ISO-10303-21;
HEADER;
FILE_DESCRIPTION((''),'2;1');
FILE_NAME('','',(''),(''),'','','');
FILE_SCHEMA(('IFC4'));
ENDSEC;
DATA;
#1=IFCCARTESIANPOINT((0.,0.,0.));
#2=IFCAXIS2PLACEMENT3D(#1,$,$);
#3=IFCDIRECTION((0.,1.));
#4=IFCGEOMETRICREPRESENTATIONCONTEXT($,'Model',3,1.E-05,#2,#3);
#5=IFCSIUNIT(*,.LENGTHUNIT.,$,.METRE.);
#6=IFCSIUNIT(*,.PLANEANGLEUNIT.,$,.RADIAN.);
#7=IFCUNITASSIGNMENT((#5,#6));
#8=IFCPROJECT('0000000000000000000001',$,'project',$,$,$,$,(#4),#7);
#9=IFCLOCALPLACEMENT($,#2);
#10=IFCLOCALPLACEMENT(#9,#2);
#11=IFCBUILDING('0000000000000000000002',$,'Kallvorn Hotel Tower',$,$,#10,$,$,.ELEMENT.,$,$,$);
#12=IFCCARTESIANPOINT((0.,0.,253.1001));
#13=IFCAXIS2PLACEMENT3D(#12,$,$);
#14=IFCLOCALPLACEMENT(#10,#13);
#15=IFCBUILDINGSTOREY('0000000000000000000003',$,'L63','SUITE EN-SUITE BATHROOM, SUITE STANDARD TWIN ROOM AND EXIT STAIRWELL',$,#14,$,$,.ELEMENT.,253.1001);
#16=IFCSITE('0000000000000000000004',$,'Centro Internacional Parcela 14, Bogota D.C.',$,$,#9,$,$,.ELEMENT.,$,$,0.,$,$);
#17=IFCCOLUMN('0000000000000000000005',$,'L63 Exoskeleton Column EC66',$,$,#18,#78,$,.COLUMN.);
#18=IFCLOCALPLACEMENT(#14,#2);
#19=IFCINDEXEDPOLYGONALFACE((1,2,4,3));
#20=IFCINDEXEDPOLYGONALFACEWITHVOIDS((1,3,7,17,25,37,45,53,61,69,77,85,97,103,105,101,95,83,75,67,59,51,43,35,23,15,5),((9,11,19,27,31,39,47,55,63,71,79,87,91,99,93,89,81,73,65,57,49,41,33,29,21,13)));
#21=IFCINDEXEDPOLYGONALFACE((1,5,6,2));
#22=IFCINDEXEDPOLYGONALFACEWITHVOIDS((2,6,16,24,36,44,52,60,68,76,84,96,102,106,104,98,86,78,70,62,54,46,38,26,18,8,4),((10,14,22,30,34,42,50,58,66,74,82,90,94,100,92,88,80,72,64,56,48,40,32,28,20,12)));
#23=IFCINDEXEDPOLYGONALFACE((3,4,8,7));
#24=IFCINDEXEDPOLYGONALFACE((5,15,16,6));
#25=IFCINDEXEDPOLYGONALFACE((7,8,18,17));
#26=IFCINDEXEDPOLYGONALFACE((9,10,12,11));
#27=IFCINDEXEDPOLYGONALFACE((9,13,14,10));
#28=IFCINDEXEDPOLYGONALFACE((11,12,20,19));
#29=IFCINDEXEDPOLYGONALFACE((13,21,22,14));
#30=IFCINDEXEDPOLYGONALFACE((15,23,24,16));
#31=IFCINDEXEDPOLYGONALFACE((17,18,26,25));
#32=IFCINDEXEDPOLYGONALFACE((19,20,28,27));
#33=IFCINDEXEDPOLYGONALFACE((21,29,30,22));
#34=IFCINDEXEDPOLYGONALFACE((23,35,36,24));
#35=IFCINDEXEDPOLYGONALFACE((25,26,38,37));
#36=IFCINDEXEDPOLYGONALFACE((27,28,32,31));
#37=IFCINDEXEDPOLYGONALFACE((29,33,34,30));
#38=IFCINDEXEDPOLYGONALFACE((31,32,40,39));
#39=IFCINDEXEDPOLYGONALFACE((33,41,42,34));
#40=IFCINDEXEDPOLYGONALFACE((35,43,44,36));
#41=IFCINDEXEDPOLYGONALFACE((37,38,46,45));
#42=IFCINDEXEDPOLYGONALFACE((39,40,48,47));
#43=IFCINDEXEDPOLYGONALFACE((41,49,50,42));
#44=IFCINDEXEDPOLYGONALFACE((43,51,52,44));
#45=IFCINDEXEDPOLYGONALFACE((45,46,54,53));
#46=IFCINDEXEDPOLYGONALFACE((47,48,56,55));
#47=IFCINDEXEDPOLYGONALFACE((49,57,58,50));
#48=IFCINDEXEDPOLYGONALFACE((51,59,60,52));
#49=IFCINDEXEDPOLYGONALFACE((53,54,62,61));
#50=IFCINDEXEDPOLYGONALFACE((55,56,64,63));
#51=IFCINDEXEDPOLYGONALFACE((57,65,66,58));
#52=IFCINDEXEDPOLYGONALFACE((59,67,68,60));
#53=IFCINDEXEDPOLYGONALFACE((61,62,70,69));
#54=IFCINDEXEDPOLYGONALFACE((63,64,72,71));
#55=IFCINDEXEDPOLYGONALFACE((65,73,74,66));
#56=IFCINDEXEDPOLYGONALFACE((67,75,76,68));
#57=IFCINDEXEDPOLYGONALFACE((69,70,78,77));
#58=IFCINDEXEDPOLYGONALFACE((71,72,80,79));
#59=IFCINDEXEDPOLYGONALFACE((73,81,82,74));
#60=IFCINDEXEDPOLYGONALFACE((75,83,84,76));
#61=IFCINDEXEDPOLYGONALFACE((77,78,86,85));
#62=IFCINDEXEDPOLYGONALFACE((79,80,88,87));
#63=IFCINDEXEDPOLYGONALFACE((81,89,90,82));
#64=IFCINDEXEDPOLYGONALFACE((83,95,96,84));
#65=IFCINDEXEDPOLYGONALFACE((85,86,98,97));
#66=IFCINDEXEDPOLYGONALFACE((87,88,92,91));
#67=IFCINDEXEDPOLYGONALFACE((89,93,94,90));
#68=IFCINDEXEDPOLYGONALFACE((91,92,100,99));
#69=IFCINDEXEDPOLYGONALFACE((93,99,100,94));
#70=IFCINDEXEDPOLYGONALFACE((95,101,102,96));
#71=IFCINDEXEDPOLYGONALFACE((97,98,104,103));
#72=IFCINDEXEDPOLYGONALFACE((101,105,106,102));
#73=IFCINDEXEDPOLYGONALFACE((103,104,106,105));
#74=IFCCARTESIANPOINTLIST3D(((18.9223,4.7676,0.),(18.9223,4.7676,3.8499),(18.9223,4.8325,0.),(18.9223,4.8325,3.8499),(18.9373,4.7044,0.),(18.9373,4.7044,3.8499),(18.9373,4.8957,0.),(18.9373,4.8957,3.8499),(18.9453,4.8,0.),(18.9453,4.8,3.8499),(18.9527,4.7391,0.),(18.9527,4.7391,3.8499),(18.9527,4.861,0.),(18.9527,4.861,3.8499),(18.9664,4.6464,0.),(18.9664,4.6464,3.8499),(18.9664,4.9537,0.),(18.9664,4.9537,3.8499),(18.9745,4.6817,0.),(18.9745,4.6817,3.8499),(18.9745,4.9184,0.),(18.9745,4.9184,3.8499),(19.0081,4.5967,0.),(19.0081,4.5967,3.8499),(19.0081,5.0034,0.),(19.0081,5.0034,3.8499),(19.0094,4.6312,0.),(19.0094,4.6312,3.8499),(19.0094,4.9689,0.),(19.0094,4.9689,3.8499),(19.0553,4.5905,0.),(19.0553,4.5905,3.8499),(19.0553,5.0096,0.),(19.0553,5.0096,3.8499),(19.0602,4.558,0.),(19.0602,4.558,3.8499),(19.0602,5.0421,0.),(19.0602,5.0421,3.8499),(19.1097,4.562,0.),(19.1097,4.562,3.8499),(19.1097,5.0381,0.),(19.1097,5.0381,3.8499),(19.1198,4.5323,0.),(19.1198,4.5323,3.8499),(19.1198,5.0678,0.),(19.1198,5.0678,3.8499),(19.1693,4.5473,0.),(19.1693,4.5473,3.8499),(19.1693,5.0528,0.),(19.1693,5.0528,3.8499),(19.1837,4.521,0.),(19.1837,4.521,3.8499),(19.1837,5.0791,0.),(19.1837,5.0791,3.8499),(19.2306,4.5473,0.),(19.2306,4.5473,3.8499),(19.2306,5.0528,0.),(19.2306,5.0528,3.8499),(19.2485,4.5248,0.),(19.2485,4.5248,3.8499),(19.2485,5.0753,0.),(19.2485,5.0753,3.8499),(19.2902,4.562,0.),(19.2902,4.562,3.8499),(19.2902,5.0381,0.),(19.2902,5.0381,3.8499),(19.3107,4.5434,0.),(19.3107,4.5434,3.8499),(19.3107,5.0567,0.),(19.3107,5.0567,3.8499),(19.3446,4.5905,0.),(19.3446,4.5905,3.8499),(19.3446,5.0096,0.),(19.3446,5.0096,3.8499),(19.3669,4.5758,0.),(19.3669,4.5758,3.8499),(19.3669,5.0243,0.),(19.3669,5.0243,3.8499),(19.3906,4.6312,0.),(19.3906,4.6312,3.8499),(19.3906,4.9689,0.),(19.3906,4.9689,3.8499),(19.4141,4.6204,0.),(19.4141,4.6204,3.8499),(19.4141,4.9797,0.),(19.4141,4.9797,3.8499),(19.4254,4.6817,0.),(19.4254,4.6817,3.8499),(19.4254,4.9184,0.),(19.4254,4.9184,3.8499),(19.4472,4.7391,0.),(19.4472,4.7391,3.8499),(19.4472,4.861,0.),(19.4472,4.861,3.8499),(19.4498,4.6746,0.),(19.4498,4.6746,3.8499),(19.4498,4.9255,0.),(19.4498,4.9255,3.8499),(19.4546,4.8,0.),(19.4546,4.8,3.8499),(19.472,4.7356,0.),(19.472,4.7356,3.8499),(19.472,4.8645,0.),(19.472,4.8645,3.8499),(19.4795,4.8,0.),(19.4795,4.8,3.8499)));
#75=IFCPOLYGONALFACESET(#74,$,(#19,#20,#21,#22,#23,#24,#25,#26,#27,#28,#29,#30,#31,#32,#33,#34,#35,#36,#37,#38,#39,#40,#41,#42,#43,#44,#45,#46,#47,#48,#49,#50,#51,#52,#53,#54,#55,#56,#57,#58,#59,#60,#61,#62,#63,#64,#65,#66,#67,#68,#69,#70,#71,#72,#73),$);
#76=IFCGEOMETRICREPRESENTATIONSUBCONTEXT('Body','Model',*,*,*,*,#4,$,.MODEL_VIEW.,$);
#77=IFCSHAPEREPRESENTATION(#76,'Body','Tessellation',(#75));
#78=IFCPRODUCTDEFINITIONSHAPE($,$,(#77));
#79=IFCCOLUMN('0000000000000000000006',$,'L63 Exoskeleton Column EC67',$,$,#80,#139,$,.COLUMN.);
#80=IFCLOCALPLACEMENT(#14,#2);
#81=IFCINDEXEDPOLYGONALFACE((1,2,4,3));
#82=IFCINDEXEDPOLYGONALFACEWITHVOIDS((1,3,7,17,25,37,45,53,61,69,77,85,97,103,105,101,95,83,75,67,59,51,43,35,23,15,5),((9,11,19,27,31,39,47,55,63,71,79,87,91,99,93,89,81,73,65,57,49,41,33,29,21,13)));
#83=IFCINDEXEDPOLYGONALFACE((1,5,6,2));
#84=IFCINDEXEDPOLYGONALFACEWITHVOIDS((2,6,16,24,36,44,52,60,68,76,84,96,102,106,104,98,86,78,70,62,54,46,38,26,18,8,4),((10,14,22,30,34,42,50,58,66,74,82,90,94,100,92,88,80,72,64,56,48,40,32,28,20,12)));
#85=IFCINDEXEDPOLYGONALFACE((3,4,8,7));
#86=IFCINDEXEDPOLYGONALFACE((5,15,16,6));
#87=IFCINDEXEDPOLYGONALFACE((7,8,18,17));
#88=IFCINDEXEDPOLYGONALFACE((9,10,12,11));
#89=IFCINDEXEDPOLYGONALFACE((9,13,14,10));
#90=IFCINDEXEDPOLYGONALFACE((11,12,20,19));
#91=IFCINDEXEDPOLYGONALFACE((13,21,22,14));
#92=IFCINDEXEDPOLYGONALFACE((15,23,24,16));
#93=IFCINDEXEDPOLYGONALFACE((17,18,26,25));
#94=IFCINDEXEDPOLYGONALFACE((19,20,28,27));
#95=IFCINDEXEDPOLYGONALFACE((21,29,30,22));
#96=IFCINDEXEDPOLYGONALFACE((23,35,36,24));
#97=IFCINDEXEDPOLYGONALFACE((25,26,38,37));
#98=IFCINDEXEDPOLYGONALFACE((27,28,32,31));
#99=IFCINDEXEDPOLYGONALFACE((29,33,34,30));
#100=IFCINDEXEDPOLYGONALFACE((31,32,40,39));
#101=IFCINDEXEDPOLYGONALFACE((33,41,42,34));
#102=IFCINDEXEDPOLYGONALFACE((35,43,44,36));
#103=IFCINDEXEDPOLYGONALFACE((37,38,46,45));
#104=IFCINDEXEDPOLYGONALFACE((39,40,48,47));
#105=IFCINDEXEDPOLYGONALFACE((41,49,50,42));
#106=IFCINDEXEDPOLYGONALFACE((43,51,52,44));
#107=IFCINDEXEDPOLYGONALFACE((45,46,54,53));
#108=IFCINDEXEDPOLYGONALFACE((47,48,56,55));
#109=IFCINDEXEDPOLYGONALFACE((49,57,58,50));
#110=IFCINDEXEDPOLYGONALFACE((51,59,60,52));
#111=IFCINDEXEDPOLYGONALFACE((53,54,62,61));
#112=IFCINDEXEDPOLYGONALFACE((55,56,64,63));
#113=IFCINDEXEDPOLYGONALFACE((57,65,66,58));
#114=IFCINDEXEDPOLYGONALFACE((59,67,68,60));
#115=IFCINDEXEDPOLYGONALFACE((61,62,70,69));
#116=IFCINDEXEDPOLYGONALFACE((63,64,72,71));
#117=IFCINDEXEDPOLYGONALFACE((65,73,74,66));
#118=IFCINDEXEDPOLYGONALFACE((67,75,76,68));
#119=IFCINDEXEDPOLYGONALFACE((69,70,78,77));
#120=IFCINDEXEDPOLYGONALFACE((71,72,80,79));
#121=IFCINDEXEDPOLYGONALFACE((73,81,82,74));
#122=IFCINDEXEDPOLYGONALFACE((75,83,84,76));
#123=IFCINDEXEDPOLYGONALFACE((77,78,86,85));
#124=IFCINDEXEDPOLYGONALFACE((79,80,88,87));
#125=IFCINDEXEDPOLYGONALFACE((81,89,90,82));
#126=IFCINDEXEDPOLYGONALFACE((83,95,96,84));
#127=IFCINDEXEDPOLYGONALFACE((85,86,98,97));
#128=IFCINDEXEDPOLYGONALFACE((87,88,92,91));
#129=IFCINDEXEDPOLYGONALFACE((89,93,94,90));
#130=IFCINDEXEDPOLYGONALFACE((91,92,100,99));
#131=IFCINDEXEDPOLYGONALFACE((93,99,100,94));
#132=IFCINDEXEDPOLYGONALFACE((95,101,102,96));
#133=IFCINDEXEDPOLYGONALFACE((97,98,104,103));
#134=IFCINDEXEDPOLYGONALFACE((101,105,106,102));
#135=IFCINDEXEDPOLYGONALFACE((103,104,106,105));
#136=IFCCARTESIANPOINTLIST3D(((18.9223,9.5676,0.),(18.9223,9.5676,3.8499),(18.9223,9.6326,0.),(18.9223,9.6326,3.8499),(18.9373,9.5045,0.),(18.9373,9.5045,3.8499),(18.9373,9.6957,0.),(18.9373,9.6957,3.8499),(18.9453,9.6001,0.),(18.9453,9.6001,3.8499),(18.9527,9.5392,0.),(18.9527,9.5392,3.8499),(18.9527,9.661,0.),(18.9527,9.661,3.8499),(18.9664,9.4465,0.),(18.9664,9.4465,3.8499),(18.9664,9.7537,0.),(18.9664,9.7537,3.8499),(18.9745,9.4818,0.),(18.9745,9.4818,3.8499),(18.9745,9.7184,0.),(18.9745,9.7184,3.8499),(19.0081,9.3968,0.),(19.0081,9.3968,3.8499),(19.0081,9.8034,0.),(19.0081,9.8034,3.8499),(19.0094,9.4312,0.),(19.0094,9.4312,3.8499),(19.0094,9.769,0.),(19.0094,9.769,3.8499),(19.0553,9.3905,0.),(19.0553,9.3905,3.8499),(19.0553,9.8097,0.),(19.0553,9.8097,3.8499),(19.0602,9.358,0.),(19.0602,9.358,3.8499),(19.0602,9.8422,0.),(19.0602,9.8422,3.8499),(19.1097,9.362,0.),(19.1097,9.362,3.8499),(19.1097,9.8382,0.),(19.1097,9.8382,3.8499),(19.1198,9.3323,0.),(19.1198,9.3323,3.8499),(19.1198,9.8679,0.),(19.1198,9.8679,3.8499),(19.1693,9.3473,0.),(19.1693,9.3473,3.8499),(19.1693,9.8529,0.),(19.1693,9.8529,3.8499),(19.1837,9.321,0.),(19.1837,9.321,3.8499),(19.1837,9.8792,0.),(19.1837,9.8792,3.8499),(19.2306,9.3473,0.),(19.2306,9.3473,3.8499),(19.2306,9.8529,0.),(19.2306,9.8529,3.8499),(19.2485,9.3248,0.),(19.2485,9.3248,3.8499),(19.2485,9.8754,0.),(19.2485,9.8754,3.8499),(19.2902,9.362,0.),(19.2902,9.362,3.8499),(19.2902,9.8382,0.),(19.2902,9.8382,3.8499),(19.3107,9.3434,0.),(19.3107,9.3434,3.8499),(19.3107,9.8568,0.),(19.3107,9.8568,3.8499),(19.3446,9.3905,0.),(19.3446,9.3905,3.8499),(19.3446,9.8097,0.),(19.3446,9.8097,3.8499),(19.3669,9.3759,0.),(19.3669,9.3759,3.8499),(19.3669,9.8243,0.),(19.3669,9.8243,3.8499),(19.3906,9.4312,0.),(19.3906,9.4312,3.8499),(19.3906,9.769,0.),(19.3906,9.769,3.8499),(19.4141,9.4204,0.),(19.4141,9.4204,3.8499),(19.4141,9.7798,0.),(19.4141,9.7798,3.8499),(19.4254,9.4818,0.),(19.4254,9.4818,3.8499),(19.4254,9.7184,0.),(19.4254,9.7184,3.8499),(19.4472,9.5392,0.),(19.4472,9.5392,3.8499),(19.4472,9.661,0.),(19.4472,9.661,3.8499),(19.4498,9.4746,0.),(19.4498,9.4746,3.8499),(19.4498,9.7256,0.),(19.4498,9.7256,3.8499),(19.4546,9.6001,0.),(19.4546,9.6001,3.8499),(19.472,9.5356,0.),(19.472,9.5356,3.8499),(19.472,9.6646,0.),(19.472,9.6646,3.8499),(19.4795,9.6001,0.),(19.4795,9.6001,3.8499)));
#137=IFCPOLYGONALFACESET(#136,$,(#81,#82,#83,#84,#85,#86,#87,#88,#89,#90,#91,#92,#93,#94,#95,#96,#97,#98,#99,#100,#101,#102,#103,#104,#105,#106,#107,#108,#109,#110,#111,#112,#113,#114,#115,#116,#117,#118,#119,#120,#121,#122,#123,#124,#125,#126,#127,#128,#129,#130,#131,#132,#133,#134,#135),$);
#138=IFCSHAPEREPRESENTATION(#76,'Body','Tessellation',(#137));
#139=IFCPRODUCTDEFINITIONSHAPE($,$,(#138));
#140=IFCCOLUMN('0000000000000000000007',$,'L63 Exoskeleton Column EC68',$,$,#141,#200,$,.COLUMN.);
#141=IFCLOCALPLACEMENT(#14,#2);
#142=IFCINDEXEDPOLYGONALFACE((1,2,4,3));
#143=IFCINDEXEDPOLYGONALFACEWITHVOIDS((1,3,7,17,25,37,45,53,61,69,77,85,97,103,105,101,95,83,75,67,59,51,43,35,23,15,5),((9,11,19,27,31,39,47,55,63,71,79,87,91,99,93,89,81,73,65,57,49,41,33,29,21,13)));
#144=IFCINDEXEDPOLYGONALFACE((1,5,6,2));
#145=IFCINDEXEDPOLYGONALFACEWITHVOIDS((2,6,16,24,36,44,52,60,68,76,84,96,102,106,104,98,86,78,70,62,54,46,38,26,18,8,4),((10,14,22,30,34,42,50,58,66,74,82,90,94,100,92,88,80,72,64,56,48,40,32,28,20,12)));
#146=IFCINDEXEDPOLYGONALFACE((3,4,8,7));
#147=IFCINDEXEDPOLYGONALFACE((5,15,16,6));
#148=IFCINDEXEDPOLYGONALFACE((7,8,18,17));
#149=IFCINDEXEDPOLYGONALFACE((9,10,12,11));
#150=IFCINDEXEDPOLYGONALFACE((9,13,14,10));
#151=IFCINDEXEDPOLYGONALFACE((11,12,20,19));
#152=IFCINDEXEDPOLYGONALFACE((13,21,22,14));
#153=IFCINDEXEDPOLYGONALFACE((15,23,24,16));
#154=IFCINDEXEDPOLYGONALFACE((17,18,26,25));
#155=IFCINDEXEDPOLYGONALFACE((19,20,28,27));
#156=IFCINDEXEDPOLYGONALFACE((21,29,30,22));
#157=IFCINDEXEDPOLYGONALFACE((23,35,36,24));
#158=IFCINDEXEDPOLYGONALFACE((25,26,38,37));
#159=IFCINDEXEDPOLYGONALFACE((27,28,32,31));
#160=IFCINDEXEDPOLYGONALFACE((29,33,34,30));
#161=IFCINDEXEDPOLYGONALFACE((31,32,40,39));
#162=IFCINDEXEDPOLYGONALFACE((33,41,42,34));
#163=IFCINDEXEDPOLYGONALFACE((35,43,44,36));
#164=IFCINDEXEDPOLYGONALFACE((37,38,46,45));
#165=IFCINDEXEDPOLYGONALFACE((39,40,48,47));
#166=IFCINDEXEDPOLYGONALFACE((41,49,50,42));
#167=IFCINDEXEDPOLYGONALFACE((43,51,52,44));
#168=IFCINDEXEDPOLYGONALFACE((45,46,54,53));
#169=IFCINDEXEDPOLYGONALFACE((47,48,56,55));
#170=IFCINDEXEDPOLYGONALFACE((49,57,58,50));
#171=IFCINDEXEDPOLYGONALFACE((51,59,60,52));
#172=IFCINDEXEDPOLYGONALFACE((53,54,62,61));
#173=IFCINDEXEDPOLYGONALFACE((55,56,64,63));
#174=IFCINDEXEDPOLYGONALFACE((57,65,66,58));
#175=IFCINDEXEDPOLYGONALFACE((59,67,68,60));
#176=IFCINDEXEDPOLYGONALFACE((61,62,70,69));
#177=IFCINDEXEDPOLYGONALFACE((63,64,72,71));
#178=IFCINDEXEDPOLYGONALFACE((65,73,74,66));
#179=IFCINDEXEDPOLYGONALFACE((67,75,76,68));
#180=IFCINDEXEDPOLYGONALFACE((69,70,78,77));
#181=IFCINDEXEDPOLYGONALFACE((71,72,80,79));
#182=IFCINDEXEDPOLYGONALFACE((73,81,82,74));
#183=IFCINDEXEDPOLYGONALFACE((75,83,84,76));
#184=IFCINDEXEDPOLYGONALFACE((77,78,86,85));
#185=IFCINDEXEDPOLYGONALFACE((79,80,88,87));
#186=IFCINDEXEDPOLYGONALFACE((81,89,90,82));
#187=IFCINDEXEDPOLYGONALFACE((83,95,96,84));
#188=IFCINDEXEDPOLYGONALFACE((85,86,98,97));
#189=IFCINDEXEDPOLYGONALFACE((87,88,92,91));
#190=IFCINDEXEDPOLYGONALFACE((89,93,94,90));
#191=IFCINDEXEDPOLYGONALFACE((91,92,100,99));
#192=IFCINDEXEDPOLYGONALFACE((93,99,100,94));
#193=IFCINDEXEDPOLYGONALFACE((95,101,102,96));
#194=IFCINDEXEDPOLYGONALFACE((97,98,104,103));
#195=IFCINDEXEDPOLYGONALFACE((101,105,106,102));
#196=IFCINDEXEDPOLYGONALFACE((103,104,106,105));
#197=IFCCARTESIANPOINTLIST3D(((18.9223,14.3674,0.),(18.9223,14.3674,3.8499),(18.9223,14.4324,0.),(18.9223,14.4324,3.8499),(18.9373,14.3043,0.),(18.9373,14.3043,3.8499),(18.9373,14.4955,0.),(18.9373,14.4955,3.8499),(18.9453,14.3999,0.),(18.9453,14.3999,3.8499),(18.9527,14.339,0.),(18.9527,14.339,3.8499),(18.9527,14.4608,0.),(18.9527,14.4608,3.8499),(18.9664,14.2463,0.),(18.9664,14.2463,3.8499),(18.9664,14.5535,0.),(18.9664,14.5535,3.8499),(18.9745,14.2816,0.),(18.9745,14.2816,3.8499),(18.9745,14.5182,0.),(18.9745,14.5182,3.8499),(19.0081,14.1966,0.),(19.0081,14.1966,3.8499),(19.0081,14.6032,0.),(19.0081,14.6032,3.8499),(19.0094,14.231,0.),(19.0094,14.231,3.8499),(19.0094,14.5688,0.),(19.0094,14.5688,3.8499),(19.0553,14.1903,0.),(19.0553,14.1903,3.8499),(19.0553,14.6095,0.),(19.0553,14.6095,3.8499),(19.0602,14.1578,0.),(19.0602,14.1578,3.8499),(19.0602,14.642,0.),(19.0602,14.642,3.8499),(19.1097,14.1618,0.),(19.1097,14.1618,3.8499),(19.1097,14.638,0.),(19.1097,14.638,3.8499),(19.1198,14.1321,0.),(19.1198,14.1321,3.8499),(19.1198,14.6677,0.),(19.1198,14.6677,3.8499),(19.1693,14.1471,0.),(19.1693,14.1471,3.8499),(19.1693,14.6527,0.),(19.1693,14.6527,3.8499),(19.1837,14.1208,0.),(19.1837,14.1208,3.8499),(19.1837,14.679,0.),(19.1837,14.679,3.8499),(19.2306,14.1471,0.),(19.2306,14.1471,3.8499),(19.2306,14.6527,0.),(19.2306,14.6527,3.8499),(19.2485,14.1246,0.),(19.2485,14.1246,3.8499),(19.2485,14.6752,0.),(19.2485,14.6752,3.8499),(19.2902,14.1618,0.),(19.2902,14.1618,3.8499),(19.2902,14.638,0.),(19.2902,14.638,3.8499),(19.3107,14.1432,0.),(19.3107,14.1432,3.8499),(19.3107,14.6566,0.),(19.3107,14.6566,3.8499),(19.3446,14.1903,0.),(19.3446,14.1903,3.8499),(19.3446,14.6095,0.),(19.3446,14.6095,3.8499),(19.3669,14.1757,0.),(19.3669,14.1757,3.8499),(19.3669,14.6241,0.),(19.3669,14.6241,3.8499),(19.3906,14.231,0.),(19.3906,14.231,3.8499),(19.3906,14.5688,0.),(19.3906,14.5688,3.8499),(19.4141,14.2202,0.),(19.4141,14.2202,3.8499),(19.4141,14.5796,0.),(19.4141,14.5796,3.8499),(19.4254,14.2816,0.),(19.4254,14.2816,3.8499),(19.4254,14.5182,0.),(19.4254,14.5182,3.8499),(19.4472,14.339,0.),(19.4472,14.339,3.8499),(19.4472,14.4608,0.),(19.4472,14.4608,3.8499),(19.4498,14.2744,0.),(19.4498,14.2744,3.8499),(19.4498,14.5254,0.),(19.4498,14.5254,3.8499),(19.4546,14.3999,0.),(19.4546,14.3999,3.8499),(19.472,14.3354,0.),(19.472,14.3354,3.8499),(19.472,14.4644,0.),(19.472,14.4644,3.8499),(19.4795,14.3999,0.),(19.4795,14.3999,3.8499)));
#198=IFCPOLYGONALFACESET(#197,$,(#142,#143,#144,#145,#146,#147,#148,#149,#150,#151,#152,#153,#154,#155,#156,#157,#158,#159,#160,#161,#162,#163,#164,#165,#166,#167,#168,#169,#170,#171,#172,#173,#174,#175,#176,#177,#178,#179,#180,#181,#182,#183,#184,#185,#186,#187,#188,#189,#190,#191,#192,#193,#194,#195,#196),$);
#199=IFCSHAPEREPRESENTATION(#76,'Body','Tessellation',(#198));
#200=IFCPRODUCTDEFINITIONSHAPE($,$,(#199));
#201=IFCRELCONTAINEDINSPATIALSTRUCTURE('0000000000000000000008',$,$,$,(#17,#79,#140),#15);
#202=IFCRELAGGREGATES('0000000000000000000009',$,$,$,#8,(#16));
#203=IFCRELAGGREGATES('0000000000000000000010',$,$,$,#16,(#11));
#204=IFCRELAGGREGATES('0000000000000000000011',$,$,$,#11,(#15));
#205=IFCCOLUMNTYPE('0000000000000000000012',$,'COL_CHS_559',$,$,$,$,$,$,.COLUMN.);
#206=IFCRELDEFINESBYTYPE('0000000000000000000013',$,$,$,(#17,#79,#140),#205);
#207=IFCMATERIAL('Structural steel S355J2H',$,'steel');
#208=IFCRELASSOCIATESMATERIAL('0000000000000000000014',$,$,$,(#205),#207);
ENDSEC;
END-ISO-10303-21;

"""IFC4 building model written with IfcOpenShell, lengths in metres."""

from ifc_helpers import new_model, si_unit, direction, frame, origin, origin_2d, place, context, subcontext, project, spatial, hollow_circle, extrude, material, material_profile, profile_set, type_object, element, save


model = new_model("IFC4")

# Units and contexts
model_context = context("Model", 3, precision=1e-05, world=origin(), true_north=direction((0.0, 1.0)))
body_context = subcontext(model_context, "Body", "Model", "MODEL_VIEW")
ifc_project = project(units=[si_unit("LENGTHUNIT", "METRE"), si_unit("PLANEANGLEUNIT", "RADIAN")], contexts=[model_context])

# Site, building, storey
site_placement = place(None, origin())
site = spatial("IfcSite", under=ifc_project, at=site_placement, Name="Centro Internacional Parcela 14, Bogota D.C.", CompositionType="ELEMENT", RefElevation=0.0)
building_placement = place(site_placement, origin())
building = spatial("IfcBuilding", under=site, at=building_placement, Name="Kallvorn Hotel Tower", CompositionType="ELEMENT")
storey_placement = place(building_placement, frame((0.0, 0.0, 253.1001)))
storey = spatial("IfcBuildingStorey", under=building, at=storey_placement, Name="L63", Description="SUITE EN-SUITE BATHROOM, SUITE STANDARD TWIN ROOM AND EXIT STAIRWELL", CompositionType="ELEMENT", Elevation=253.1001)

# Columns
ifc_material_1 = material(Name="Structural steel S355J2H", Category="steel")
ifc_material_profile_1 = material_profile(ifc_material_1, hollow_circle(Radius=0.2795, WallThickness=0.0249, at=origin_2d()), Name="CHS 559x25")
ifc_profile_set_1 = profile_set([ifc_material_profile_1], Name="Structural steel S355J2H")
column_type_1 = type_object("IfcColumnType", Name="COL_CHS_559", PredefinedType="COLUMN", material=ifc_profile_set_1)
for number, where, z_axis, x_axis, name in (
    (1, (19.2, 4.8, 0.0), (0.0, 0.0, 1.0), (1.0, 0.0, 0.0), "L63 Exoskeleton Column EC66"),
    (2, (19.2, 9.6001, 0.0), (0.0, 0.0, 1.0), (1.0, 0.0, 0.0), "L63 Exoskeleton Column EC67"),
    (3, (19.2, 14.3999, 0.0), (0.0, 0.0, 1.0), (1.0, 0.0, 0.0), "L63 Exoskeleton Column EC68"),
):
    element("IfcColumn", number, at=place(storey_placement, frame(where, z_axis=z_axis, x_axis=x_axis)), inside=storey, type_object=column_type_1, Name=name, PredefinedType="COLUMN", context=body_context, shape_type="SweptSolid", body=[
        extrude(hollow_circle(Radius=0.2795, WallThickness=0.0249, at=origin_2d()), origin(), (0.0, 0.0, 1.0), 3.8499),
    ])

save(model, "model.ifc")
